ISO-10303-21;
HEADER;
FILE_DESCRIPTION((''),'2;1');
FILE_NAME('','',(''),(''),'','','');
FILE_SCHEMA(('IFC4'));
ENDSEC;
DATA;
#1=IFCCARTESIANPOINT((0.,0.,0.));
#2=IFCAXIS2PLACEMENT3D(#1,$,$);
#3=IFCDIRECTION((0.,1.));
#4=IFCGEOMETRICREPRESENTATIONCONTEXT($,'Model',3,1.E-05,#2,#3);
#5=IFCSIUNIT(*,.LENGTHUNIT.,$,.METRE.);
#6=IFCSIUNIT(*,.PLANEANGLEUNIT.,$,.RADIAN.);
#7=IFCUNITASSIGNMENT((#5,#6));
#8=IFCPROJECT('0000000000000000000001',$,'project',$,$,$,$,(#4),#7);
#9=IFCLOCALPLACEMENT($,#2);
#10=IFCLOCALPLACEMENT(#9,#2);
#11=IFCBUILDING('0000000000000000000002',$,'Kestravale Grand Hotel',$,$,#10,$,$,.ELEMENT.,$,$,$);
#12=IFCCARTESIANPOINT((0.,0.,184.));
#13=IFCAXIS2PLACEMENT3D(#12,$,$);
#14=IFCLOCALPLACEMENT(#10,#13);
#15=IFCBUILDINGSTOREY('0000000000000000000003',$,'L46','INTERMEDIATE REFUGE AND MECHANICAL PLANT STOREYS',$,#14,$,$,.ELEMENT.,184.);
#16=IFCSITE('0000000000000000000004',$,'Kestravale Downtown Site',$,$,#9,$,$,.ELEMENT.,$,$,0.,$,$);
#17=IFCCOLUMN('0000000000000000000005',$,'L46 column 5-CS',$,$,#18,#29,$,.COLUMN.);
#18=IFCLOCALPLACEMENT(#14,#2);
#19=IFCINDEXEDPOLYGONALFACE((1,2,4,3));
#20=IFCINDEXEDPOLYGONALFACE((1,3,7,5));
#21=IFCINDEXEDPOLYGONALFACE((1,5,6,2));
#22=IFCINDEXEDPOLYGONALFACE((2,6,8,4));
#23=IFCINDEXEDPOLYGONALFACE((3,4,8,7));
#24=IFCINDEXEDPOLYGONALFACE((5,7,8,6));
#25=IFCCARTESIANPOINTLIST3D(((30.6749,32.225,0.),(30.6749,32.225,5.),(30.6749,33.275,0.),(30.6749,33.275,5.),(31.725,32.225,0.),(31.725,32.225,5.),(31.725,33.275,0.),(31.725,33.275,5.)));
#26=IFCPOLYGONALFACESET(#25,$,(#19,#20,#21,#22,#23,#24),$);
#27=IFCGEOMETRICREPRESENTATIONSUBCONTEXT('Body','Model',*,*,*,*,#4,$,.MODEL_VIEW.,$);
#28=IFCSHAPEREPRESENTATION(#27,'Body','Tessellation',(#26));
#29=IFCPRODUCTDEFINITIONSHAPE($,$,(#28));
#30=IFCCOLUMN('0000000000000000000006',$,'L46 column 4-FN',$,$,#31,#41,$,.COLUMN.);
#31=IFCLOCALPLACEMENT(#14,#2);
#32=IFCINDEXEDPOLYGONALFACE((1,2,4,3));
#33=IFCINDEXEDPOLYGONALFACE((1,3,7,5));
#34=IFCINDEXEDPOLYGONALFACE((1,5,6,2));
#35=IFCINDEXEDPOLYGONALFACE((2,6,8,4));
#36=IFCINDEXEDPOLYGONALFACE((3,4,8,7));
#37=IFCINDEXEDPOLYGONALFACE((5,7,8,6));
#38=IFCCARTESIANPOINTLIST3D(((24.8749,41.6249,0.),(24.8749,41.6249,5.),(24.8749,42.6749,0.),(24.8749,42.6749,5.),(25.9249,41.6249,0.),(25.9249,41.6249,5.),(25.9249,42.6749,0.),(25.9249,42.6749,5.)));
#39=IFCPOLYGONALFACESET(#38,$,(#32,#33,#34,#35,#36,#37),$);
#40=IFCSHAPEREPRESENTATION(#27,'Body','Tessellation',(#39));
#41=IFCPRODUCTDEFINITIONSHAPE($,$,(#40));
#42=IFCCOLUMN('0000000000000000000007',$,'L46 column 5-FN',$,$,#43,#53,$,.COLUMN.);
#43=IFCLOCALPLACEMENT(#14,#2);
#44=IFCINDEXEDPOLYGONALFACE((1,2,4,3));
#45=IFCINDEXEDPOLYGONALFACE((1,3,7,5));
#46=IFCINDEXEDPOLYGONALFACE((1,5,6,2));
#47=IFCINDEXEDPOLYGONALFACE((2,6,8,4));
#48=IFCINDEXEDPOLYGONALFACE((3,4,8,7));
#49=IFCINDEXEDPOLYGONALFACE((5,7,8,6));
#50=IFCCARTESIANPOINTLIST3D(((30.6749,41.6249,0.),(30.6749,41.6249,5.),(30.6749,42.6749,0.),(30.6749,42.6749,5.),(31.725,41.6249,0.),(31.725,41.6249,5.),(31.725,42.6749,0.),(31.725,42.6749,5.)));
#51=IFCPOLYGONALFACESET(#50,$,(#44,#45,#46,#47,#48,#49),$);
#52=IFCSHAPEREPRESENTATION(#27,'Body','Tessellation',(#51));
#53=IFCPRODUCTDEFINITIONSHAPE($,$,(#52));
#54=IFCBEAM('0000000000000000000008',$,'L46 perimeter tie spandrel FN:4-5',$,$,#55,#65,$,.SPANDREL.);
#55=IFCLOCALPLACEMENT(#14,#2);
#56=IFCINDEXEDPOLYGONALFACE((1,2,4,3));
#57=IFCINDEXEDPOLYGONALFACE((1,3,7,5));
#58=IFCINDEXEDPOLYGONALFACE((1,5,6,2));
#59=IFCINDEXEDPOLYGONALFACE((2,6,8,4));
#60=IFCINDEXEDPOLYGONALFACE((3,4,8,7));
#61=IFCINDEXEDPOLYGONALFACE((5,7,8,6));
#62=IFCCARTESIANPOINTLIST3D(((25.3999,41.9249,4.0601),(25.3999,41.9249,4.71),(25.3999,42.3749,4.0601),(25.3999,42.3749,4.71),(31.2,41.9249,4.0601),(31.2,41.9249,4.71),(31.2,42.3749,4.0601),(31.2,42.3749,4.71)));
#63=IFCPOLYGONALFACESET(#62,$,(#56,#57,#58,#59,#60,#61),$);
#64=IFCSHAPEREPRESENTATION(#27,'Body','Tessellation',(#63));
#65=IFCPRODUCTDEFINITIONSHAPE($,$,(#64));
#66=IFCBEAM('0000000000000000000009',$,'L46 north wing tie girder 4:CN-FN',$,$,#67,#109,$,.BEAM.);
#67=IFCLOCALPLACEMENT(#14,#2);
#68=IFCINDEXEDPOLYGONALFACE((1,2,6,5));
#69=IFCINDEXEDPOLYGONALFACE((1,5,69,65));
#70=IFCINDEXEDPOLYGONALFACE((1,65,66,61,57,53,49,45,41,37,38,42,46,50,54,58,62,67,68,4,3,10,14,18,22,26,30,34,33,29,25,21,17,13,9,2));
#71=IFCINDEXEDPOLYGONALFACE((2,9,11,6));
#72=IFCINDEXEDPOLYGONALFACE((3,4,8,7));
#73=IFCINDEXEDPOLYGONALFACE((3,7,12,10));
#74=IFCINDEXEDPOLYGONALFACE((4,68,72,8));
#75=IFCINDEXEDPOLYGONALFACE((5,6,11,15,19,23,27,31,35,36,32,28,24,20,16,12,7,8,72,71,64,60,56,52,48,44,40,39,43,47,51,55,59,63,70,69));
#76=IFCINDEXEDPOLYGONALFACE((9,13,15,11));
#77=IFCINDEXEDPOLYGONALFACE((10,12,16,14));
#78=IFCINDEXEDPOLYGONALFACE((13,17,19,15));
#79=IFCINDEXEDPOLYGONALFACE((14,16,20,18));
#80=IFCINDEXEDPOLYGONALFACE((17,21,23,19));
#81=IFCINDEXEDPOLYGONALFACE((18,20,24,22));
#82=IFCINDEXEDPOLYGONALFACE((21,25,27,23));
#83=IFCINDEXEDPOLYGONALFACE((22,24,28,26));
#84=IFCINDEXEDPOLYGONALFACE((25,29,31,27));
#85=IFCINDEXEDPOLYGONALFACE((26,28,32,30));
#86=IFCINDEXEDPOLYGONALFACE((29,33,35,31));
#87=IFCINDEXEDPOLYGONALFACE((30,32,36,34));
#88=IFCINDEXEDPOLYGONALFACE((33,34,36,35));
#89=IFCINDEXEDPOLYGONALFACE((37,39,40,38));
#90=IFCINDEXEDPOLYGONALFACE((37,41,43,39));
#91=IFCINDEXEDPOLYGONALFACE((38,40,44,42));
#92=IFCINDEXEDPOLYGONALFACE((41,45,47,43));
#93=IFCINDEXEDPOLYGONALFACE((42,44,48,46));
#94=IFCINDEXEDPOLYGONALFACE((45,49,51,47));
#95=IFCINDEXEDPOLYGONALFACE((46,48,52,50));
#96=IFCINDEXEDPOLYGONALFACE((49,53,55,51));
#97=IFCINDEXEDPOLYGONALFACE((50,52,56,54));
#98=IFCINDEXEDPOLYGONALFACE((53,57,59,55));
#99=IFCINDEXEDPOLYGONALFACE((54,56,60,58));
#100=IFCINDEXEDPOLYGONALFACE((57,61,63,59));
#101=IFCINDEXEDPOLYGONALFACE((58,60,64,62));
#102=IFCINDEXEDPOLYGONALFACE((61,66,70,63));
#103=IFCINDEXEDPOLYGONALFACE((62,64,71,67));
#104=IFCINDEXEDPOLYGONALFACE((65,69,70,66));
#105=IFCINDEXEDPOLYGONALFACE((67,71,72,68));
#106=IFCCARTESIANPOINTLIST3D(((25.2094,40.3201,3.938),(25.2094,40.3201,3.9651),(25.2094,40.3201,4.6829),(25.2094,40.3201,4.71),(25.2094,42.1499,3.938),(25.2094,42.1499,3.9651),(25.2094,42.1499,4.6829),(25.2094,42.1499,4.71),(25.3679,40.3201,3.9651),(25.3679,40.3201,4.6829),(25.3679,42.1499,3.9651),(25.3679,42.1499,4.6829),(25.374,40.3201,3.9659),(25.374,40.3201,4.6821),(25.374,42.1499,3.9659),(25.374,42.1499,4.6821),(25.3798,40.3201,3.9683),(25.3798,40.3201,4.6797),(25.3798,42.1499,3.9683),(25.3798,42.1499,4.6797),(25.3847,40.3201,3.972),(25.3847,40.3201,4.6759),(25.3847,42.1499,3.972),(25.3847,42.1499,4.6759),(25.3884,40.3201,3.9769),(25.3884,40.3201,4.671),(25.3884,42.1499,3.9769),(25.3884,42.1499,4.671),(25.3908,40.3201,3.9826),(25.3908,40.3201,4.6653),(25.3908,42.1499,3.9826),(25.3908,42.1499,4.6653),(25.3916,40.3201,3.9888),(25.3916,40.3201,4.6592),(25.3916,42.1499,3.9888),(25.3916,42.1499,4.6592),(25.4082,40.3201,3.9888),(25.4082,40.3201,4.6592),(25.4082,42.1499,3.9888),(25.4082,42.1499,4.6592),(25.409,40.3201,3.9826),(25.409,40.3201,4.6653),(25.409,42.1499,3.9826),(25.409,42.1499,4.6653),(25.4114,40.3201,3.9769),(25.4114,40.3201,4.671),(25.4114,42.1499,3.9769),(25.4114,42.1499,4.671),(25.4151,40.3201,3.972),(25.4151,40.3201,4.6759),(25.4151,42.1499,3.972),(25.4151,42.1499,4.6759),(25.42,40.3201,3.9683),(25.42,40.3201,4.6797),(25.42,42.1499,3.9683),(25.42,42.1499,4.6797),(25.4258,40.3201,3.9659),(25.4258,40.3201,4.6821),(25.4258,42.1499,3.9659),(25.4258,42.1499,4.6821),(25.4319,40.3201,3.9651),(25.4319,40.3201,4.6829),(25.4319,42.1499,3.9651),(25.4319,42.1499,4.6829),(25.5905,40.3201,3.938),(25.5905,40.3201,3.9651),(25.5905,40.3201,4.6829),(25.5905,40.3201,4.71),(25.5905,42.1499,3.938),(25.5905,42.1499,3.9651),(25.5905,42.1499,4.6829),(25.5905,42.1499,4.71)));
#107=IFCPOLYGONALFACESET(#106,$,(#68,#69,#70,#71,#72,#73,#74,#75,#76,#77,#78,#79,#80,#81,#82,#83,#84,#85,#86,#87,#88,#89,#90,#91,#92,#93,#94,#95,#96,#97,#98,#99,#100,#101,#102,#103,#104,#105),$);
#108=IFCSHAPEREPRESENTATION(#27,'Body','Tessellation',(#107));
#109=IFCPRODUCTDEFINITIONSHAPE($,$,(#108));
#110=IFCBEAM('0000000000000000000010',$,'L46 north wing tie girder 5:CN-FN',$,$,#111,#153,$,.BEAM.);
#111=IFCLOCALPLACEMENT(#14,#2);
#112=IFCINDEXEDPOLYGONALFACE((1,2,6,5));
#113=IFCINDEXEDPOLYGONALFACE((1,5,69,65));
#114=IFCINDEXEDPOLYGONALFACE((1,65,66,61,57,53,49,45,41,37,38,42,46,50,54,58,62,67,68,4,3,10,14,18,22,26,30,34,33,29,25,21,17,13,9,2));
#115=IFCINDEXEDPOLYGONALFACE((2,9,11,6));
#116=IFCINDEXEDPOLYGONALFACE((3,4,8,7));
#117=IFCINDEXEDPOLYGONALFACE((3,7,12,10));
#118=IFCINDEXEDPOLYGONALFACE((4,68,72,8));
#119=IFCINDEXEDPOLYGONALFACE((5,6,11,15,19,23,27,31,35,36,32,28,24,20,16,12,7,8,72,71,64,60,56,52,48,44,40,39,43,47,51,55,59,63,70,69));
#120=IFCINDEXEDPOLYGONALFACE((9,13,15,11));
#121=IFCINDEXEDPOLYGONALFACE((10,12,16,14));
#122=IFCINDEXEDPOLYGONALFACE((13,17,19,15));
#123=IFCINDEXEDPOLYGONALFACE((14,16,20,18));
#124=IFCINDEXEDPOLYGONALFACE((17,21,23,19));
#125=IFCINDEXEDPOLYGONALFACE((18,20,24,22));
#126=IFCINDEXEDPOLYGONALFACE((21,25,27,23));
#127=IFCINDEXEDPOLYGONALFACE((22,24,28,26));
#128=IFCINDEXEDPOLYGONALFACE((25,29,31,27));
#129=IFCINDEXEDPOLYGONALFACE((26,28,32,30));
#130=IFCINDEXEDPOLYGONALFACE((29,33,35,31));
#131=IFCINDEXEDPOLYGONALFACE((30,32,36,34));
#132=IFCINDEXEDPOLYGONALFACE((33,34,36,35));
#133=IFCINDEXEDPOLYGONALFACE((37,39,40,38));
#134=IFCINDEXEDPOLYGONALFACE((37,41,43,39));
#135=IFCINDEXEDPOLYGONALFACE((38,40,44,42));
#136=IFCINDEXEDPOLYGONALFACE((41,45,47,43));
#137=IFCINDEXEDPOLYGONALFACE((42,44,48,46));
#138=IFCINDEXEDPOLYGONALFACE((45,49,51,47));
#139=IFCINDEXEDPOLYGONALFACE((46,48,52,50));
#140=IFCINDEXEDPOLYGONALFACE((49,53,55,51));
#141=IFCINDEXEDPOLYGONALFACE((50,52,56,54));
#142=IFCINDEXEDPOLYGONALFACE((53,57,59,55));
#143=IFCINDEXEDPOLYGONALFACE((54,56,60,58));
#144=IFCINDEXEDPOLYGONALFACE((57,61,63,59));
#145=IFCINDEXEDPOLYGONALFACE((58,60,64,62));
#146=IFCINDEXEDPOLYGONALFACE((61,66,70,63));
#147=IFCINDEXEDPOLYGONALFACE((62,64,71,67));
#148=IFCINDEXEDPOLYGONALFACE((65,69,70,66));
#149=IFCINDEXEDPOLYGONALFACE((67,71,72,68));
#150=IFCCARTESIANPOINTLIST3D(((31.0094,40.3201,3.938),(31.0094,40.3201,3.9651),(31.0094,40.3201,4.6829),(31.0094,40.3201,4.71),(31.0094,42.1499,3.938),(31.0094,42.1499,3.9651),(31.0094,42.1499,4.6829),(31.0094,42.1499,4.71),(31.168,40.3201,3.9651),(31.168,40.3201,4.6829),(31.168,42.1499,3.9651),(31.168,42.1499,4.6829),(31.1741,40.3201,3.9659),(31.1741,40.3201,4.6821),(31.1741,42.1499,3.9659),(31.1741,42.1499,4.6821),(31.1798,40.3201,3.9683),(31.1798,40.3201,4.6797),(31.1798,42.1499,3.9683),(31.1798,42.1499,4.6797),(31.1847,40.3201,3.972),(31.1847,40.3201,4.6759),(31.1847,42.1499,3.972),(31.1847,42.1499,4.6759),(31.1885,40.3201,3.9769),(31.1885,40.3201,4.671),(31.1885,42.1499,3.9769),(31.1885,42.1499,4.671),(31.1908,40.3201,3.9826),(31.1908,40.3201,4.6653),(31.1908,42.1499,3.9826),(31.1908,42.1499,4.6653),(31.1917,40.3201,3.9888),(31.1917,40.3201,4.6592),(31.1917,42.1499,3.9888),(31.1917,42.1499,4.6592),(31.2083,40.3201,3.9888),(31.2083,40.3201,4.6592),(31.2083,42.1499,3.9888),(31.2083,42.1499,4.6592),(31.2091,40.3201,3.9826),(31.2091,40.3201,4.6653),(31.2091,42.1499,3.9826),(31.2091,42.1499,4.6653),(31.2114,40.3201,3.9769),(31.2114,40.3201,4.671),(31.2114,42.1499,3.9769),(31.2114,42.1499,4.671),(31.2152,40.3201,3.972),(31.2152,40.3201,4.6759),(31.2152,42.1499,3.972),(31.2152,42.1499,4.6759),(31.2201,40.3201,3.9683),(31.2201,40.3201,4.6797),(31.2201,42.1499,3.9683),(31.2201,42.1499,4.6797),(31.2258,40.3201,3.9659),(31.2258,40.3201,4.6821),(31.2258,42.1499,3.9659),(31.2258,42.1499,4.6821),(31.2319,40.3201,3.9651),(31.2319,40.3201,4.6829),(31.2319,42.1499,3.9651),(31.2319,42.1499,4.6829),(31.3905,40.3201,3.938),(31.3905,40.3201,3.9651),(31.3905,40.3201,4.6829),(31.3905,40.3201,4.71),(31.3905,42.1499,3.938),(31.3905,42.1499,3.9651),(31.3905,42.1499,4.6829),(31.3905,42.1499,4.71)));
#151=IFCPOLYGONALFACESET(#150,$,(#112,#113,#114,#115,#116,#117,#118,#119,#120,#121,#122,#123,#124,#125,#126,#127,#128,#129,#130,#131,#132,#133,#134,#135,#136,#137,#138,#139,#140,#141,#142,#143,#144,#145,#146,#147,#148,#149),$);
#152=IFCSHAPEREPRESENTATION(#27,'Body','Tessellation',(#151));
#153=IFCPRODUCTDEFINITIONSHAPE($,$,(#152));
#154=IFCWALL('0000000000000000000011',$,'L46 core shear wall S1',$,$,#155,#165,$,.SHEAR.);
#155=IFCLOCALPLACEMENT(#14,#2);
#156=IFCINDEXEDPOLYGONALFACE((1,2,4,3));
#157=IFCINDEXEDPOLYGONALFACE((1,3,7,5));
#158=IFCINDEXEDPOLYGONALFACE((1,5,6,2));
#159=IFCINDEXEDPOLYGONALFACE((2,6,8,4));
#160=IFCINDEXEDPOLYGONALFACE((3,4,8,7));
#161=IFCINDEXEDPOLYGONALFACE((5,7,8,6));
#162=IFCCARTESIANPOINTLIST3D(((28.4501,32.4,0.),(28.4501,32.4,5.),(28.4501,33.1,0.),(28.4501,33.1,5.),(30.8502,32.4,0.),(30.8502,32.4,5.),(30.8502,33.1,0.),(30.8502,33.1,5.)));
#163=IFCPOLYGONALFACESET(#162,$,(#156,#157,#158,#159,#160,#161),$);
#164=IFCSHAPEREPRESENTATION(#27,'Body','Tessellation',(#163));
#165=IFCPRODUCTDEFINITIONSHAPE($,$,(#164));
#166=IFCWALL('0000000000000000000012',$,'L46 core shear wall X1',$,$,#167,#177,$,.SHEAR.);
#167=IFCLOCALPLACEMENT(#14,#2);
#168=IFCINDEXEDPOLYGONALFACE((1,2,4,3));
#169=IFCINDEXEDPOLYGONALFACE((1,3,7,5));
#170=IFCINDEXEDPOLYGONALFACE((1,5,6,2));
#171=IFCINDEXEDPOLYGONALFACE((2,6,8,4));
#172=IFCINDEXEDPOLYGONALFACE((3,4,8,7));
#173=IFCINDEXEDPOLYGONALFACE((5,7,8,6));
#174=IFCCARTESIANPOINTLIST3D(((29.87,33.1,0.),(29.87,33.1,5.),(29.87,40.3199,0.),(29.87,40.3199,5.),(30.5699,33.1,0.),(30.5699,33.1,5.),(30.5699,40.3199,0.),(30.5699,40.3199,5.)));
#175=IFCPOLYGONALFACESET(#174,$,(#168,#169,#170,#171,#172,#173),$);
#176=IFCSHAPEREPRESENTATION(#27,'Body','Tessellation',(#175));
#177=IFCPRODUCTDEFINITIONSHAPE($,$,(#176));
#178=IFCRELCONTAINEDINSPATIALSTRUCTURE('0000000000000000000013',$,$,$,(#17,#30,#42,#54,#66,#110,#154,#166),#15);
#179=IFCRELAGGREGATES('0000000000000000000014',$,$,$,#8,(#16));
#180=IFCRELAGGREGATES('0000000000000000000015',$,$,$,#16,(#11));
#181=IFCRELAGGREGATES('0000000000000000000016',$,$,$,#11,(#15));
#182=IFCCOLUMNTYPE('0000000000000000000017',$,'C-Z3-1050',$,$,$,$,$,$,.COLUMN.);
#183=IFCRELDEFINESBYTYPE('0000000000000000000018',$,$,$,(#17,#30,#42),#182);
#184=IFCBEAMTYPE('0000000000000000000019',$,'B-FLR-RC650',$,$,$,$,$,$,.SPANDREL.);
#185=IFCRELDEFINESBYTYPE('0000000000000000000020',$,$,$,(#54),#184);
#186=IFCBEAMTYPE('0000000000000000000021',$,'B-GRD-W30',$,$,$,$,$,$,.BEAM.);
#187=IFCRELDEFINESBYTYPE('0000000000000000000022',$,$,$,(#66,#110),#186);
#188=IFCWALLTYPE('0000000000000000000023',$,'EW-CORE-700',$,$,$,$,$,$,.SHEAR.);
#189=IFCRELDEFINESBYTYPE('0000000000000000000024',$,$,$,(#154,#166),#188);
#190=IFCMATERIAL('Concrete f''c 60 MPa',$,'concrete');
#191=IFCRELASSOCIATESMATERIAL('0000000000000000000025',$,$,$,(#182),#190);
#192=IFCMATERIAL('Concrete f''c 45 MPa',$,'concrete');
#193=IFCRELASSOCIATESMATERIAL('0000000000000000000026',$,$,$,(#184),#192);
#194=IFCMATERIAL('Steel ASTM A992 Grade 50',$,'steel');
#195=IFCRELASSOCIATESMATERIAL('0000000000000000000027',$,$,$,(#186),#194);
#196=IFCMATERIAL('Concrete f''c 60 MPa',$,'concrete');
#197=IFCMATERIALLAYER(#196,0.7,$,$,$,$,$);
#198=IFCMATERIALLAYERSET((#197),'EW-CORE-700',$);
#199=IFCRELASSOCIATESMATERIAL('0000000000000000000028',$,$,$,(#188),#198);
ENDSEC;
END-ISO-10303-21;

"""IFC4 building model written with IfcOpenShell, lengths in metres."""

from ifc_helpers import new_model, si_unit, direction, frame, frame_2d, origin, origin_2d, place, context, subcontext, project, spatial, rectangle, i_section, extrude, material, layer, layer_set, material_profile, profile_set, type_object, element, save


model = new_model("IFC4")

# Units and contexts
model_context = context("Model", 3, precision=1e-05, world=origin(), true_north=direction((0.0, 1.0)))
body_context = subcontext(model_context, "Body", "Model", "MODEL_VIEW")
ifc_project = project(units=[si_unit("LENGTHUNIT", "METRE"), si_unit("PLANEANGLEUNIT", "RADIAN")], contexts=[model_context])

# Site, building, storey
site_placement = place(None, origin())
site = spatial("IfcSite", under=ifc_project, at=site_placement, Name="Kestravale Downtown Site", CompositionType="ELEMENT", RefElevation=0.0)
building_placement = place(site_placement, origin())
building = spatial("IfcBuilding", under=site, at=building_placement, Name="Kestravale Grand Hotel", CompositionType="ELEMENT")
storey_placement = place(building_placement, frame((0.0, 0.0, 184.0)))
storey = spatial("IfcBuildingStorey", under=building, at=storey_placement, Name="L46", Description="INTERMEDIATE REFUGE AND MECHANICAL PLANT STOREYS", CompositionType="ELEMENT", Elevation=184.0)

# Columns
ifc_material_1 = material(Name="Concrete f'c 60 MPa", Category="concrete")
ifc_material_profile_1 = material_profile(ifc_material_1, rectangle(XDim=1.05, YDim=1.05, at=origin_2d()))
ifc_profile_set_1 = profile_set([ifc_material_profile_1], Name="Concrete f'c 60 MPa")
column_type = type_object("IfcColumnType", Name="C-Z3-1050", PredefinedType="COLUMN", material=ifc_profile_set_1)
for number, where, z_axis, x_axis, name in (
    (1, (31.2, 32.75, 0.0), (0.0, 0.0, 1.0), (1.0, 0.0, 0.0), "L46 column 5-CS"),
    (2, (25.3999, 42.1499, 0.0), (0.0, 0.0, 1.0), (1.0, 0.0, 0.0), "L46 column 4-FN"),
    (3, (31.2, 42.1499, 0.0), (0.0, 0.0, 1.0), (1.0, 0.0, 0.0), "L46 column 5-FN"),
):
    element("IfcColumn", number, at=place(storey_placement, frame(where, z_axis=z_axis, x_axis=x_axis)), inside=storey, type_object=column_type, Name=name, PredefinedType="COLUMN", context=body_context, shape_type="SweptSolid", body=[
        extrude(rectangle(XDim=1.05, YDim=1.05, at=origin_2d()), origin(), (0.0, 0.0, 1.0), 5.0),
    ])

# Beams
ifc_material_2 = material(Name="Concrete f'c 45 MPa", Category="concrete")
ifc_material_profile_2 = material_profile(ifc_material_2, rectangle(XDim=0.45, YDim=0.6499, at=origin_2d()))
ifc_profile_set_2 = profile_set([ifc_material_profile_2], Name="Concrete f'c 45 MPa")
beam_type_1 = type_object("IfcBeamType", Name="B-FLR-RC650", PredefinedType="SPANDREL", material=ifc_profile_set_2)
beam_placement = place(storey_placement, frame((25.3999, 42.1499, 4.385), z_axis=(1.0, 0.0, 0.0), x_axis=(0.0, 1.0, 0.0)))
element("IfcBeam", 4, at=beam_placement, inside=storey, type_object=beam_type_1, Name="L46 perimeter tie spandrel FN:4-5", PredefinedType="SPANDREL", context=body_context, shape_type="SweptSolid", body=[
    extrude(rectangle(XDim=0.45, YDim=0.6499, at=origin_2d()), origin(), (0.0, 0.0, 1.0), 5.8),
])
ifc_material_3 = material(Name="Steel ASTM A992 Grade 50", Category="steel")
ifc_material_profile_3 = material_profile(ifc_material_3, i_section(OverallWidth=0.3811, OverallDepth=0.772, WebThickness=0.0166, FlangeThickness=0.0271, FilletRadius=0.0237, at=origin_2d()))
ifc_profile_set_3 = profile_set([ifc_material_profile_3], Name="Steel ASTM A992 Grade 50")
beam_type_2 = type_object("IfcBeamType", Name="B-GRD-W30", PredefinedType="BEAM", material=ifc_profile_set_3)
for number, where, z_axis, x_axis, name in (
    (5, (25.3999, 40.3201, 4.324), (0.0, 1.0, 0.0), (-1.0, 0.0, 0.0), "L46 north wing tie girder 4:CN-FN"),
    (6, (31.2, 40.3201, 4.324), (0.0, 1.0, 0.0), (-1.0, 0.0, 0.0), "L46 north wing tie girder 5:CN-FN"),
):
    element("IfcBeam", number, at=place(storey_placement, frame(where, z_axis=z_axis, x_axis=x_axis)), inside=storey, type_object=beam_type_2, Name=name, PredefinedType="BEAM", context=body_context, shape_type="SweptSolid", body=[
        extrude(i_section(OverallWidth=0.3811, OverallDepth=0.772, WebThickness=0.0166, FlangeThickness=0.0271, FilletRadius=0.0237, at=origin_2d()), origin(), (0.0, 0.0, 1.0), 1.8298),
    ])

# Walls
ifc_material_4 = material(Name="Concrete f'c 60 MPa", Category="concrete")
ifc_layer_1 = layer(ifc_material_4, 0.7)
ifc_layer_set_1 = layer_set([ifc_layer_1], Name="EW-CORE-700")
wall_type_1 = type_object("IfcWallType", Name="EW-CORE-700", PredefinedType="SHEAR", material=ifc_layer_set_1)
wall_1_placement = place(storey_placement, frame((28.45, 32.75, 0.0), z_axis=(0.0, 0.0, 1.0), x_axis=(1.0, 0.0, 0.0)))
element("IfcWall", 7, at=wall_1_placement, inside=storey, type_object=wall_type_1, Name="L46 core shear wall S1", PredefinedType="SHEAR", context=body_context, shape_type="SweptSolid", body=[
    extrude(rectangle(XDim=2.4001, YDim=0.7, at=frame_2d((1.2002, 0.0))), origin(), (0.0, 0.0, 1.0), 5.0),
])
wall_2_placement = place(storey_placement, frame((30.22, 33.1001, 0.0), z_axis=(0.0, 0.0, 1.0), x_axis=(0.0, 1.0, 0.0)))
element("IfcWall", 8, at=wall_2_placement, inside=storey, type_object=wall_type_1, Name="L46 core shear wall X1", PredefinedType="SHEAR", context=body_context, shape_type="SweptSolid", body=[
    extrude(rectangle(XDim=7.22, YDim=0.7, at=frame_2d((3.6099, 0.0))), origin(), (0.0, 0.0, 1.0), 5.0),
])

save(model, "model.ifc")
